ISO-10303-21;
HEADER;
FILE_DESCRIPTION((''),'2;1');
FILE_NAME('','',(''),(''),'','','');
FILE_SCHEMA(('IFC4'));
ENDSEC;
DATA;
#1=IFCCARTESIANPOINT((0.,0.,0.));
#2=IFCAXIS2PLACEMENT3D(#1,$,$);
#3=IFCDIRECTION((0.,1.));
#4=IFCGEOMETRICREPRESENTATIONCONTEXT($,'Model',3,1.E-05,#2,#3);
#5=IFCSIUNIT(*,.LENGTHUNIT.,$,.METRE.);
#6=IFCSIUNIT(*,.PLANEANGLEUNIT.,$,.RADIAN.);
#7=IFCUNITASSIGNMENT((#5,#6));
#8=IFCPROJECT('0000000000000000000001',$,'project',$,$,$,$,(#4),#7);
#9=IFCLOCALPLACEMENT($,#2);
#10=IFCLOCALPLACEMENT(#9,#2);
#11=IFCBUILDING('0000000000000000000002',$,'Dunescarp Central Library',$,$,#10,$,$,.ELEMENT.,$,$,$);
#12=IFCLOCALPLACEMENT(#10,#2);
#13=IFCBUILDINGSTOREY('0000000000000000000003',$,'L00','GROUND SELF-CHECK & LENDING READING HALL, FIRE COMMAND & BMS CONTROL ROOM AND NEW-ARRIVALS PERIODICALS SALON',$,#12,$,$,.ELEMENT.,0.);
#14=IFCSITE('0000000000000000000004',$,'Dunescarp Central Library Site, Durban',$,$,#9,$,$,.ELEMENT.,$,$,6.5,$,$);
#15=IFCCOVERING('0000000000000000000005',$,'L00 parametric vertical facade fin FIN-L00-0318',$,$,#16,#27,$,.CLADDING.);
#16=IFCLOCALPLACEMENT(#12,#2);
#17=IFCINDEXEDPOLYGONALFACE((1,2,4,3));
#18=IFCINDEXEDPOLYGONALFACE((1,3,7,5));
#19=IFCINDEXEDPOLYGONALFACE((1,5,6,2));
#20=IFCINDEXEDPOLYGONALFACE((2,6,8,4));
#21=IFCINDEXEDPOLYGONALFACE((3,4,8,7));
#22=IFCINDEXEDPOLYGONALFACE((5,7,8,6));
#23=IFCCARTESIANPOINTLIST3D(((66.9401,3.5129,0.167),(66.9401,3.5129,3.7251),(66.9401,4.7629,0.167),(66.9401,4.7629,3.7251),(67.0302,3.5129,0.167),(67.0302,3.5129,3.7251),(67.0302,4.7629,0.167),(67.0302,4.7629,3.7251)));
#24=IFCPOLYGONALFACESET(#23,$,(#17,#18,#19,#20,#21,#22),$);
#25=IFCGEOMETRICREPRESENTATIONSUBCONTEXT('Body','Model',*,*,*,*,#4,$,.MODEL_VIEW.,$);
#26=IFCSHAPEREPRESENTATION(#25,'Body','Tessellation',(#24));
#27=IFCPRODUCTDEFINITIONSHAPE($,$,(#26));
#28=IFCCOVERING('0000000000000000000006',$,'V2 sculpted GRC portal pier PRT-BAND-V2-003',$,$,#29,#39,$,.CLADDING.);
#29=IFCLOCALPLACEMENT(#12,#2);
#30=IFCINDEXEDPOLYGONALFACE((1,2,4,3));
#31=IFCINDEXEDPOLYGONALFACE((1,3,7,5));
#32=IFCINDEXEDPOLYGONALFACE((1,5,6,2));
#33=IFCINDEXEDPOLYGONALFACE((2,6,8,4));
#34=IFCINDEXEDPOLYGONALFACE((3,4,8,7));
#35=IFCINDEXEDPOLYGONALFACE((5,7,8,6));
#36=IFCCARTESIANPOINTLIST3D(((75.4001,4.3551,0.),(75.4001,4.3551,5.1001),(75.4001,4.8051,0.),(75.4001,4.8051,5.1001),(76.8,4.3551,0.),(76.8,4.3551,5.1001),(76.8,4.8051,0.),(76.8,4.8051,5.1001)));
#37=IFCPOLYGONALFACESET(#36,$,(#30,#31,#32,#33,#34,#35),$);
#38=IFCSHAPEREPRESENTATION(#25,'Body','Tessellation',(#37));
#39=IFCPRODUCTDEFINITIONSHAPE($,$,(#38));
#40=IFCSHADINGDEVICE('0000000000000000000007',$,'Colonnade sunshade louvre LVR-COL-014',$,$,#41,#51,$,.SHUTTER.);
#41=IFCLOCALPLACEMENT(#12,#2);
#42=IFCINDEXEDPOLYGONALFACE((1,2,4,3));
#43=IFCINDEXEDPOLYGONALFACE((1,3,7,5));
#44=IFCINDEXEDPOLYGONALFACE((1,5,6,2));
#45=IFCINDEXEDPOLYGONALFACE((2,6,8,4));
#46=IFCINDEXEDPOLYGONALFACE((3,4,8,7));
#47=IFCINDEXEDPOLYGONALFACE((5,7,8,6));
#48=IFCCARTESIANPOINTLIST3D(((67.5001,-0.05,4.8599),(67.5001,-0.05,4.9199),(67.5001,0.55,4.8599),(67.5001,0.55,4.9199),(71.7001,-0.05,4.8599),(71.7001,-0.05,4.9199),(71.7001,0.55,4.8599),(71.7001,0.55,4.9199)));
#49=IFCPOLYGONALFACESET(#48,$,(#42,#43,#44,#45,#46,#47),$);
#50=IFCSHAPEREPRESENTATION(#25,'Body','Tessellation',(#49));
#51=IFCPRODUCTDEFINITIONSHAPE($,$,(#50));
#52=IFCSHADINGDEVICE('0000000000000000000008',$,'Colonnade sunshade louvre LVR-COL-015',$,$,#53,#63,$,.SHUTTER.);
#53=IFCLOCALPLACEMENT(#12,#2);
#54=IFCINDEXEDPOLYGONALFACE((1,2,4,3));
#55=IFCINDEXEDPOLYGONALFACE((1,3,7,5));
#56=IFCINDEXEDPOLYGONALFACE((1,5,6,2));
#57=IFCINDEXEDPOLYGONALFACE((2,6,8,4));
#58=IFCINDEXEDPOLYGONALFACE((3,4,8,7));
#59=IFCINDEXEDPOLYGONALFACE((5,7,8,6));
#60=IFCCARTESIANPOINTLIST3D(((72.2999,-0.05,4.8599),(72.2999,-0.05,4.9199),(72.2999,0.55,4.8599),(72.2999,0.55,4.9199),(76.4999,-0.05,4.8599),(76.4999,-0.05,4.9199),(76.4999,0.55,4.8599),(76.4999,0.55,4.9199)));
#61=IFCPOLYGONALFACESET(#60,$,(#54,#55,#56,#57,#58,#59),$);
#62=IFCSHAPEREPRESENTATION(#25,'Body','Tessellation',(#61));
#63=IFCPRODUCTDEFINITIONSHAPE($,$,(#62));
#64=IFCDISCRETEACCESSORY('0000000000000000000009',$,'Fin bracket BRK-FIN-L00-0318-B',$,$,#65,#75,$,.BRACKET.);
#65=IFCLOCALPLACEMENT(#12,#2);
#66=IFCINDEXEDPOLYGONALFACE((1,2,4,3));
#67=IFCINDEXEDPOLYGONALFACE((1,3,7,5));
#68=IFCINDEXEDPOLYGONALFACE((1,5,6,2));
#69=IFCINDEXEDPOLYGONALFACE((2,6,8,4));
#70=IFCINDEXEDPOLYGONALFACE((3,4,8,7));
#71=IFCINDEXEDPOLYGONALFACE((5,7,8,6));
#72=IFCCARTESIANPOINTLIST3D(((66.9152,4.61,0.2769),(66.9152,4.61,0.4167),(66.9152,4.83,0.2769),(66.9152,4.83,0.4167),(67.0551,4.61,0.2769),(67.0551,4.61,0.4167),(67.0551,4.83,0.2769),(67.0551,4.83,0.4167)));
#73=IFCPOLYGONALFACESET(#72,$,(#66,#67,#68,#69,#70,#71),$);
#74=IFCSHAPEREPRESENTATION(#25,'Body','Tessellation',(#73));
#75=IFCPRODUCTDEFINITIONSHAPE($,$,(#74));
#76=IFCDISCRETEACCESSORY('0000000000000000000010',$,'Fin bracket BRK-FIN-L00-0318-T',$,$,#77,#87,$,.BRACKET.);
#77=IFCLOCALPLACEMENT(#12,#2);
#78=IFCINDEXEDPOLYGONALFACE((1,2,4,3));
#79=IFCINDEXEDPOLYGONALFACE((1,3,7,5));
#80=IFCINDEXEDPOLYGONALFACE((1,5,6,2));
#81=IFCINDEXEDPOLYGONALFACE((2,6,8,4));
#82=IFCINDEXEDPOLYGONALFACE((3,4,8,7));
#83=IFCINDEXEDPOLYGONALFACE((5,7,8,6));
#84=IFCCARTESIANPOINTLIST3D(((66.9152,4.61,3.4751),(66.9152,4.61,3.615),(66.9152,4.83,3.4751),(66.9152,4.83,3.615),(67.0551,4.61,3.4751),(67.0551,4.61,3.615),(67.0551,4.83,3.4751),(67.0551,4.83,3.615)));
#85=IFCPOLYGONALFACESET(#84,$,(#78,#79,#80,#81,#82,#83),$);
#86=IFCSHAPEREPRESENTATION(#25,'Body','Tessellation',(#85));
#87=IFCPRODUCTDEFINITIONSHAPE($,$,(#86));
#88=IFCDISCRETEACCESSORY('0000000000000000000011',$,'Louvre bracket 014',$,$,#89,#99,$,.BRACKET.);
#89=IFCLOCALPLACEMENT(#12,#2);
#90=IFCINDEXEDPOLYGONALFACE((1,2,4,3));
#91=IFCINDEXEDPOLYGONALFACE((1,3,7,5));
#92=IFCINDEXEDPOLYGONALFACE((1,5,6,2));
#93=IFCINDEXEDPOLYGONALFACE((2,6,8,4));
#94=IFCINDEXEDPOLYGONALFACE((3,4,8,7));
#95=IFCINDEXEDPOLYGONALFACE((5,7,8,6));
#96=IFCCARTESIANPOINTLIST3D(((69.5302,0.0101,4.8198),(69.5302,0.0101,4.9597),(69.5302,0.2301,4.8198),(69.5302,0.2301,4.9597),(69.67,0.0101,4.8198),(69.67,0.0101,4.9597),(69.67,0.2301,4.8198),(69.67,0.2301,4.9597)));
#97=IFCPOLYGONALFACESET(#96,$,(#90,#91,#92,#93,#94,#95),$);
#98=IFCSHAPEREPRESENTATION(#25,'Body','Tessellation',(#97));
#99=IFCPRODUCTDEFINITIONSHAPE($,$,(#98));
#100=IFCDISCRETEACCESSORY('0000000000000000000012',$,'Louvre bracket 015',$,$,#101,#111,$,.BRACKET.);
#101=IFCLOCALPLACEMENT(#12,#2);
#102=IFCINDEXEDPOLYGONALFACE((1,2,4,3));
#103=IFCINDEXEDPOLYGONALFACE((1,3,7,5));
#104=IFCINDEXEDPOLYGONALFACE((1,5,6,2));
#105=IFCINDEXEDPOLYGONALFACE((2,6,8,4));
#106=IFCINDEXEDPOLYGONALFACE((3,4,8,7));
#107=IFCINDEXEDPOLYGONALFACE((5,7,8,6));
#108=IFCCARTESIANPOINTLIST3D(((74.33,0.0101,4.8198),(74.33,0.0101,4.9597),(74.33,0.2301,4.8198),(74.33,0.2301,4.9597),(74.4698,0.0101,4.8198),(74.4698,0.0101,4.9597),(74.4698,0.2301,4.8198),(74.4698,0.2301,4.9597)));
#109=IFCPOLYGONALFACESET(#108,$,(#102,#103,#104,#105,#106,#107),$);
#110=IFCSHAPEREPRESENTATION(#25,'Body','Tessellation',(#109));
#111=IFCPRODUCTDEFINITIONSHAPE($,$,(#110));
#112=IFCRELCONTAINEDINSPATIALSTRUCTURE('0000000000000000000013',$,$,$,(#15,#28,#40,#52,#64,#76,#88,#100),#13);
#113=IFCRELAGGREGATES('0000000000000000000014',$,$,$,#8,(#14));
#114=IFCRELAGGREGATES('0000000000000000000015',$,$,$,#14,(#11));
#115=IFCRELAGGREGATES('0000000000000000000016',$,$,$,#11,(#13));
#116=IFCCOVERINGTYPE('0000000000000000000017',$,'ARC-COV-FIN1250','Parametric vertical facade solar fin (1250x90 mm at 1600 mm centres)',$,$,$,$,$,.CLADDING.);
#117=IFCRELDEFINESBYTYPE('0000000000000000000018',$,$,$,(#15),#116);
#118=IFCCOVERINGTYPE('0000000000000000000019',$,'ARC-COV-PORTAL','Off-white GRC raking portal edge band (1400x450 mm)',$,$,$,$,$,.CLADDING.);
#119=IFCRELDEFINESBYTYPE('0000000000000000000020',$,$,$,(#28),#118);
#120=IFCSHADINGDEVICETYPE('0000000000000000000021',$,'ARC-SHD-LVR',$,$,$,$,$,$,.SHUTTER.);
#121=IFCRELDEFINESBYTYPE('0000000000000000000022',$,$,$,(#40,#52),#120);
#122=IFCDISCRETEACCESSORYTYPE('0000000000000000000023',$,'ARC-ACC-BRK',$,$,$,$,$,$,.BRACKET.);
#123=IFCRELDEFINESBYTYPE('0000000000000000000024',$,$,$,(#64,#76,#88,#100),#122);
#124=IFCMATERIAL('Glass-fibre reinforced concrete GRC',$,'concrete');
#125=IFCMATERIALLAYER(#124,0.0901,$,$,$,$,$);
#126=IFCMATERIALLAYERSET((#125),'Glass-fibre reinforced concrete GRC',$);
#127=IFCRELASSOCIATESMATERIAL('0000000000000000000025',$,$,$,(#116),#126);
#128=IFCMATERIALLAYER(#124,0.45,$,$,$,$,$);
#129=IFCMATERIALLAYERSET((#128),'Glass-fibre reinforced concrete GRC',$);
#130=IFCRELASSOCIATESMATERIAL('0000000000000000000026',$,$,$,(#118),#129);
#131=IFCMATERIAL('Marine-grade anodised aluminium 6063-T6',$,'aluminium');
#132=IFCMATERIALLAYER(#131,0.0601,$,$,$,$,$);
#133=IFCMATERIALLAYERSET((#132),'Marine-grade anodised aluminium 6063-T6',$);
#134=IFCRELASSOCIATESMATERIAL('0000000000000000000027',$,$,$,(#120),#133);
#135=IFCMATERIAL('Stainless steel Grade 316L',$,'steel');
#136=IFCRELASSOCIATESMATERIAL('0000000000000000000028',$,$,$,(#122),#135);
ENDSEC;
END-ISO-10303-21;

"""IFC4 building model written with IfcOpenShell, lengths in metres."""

from ifc_helpers import new_model, si_unit, direction, frame, origin, origin_2d, place, context, subcontext, project, spatial, rectangle, extrude, material, layer, layer_set, type_object, element, save


model = new_model("IFC4")

# Units and contexts
model_context = context("Model", 3, precision=1e-05, world=origin(), true_north=direction((0.0, 1.0)))
body_context = subcontext(model_context, "Body", "Model", "MODEL_VIEW")
ifc_project = project(units=[si_unit("LENGTHUNIT", "METRE"), si_unit("PLANEANGLEUNIT", "RADIAN")], contexts=[model_context])

# Site, building, storey
site_placement = place(None, origin())
site = spatial("IfcSite", under=ifc_project, at=site_placement, Name="Dunescarp Central Library Site, Durban", CompositionType="ELEMENT", RefElevation=6.5)
building_placement = place(site_placement, origin())
building = spatial("IfcBuilding", under=site, at=building_placement, Name="Dunescarp Central Library", CompositionType="ELEMENT")
storey_placement = place(building_placement, origin())
storey = spatial("IfcBuildingStorey", under=building, at=storey_placement, Name="L00", Description="GROUND SELF-CHECK & LENDING READING HALL, FIRE COMMAND & BMS CONTROL ROOM AND NEW-ARRIVALS PERIODICALS SALON", CompositionType="ELEMENT", Elevation=0.0)

# Shared definitions
ifc_material_1 = material(Name="Marine-grade anodised aluminium 6063-T6", Category="aluminium")

# Shared definitions
ifc_material_2 = material(Name="Glass-fibre reinforced concrete GRC", Category="concrete")

# Coverings
ifc_layer_1 = layer(ifc_material_2, 0.0901)
ifc_layer_set_1 = layer_set([ifc_layer_1], Name="Glass-fibre reinforced concrete GRC")
covering_type_1 = type_object("IfcCoveringType", Name="ARC-COV-FIN1250", Description="Parametric vertical facade solar fin (1250x90 mm at 1600 mm centres)", PredefinedType="CLADDING", material=ifc_layer_set_1)
covering_1_placement = place(storey_placement, frame((66.9851, 4.1379, 0.167), z_axis=(0.0, 0.0, 1.0), x_axis=(0.0, -1.0, 0.0)))
element("IfcCovering", 1, at=covering_1_placement, inside=storey, type_object=covering_type_1, Name="L00 parametric vertical facade fin FIN-L00-0318", PredefinedType="CLADDING", context=body_context, shape_type="SweptSolid", body=[
    extrude(rectangle(XDim=1.25, YDim=0.0901, at=origin_2d()), origin(), (0.0, 0.0, 1.0), 3.5581),
])
ifc_layer_2 = layer(ifc_material_2, 0.45)
ifc_layer_set_2 = layer_set([ifc_layer_2], Name="Glass-fibre reinforced concrete GRC")
covering_type_2 = type_object("IfcCoveringType", Name="ARC-COV-PORTAL", Description="Off-white GRC raking portal edge band (1400x450 mm)", PredefinedType="CLADDING", material=ifc_layer_set_2)
covering_2_placement = place(storey_placement, frame((76.1001, 4.5801, 0.0), z_axis=(0.0, 0.0, 1.0), x_axis=(1.0, 0.0, 0.0)))
element("IfcCovering", 2, at=covering_2_placement, inside=storey, type_object=covering_type_2, Name="V2 sculpted GRC portal pier PRT-BAND-V2-003", PredefinedType="CLADDING", context=body_context, shape_type="SweptSolid", body=[
    extrude(rectangle(XDim=1.3999, YDim=0.45, at=origin_2d()), origin(), (0.0, 0.0, 1.0), 5.1001),
])

# Shading devices
ifc_layer_3 = layer(ifc_material_1, 0.0601)
ifc_layer_set_3 = layer_set([ifc_layer_3], Name="Marine-grade anodised aluminium 6063-T6")
shading_device_type = type_object("IfcShadingDeviceType", Name="ARC-SHD-LVR", PredefinedType="SHUTTER", material=ifc_layer_set_3)
for number, where, z_axis, x_axis, name in (
    (3, (69.6001, 0.25, 4.8599), (0.0, 0.0, 1.0), (1.0, 0.0, 0.0), "Colonnade sunshade louvre LVR-COL-014"),
    (4, (74.3999, 0.25, 4.8599), (0.0, 0.0, 1.0), (1.0, 0.0, 0.0), "Colonnade sunshade louvre LVR-COL-015"),
):
    element("IfcShadingDevice", number, at=place(storey_placement, frame(where, z_axis=z_axis, x_axis=x_axis)), inside=storey, type_object=shading_device_type, Name=name, PredefinedType="SHUTTER", context=body_context, shape_type="SweptSolid", body=[
        extrude(rectangle(XDim=4.2, YDim=0.6001, at=origin_2d()), origin(), (0.0, 0.0, 1.0), 0.0601),
    ])

# Discrete accessories
ifc_material_3 = material(Name="Stainless steel Grade 316L", Category="steel")
discrete_accessory_type = type_object("IfcDiscreteAccessoryType", Name="ARC-ACC-BRK", PredefinedType="BRACKET", material=ifc_material_3)
for number, where, z_axis, x_axis, name in (
    (5, (66.9851, 4.72, 0.2769), (0.0, 0.0, 1.0), (0.0, -1.0, 0.0), "Fin bracket BRK-FIN-L00-0318-B"),
    (6, (66.9851, 4.72, 3.4751), (0.0, 0.0, 1.0), (0.0, -1.0, 0.0), "Fin bracket BRK-FIN-L00-0318-T"),
):
    element("IfcDiscreteAccessory", number, at=place(storey_placement, frame(where, z_axis=z_axis, x_axis=x_axis)), inside=storey, type_object=discrete_accessory_type, Name=name, PredefinedType="BRACKET", context=body_context, shape_type="SweptSolid", body=[
        extrude(rectangle(XDim=0.22, YDim=0.1399, at=origin_2d()), origin(), (0.0, 0.0, 1.0), 0.1399),
    ])
for number, where, z_axis, x_axis, name in (
    (7, (69.6001, 0.1201, 4.8198), (0.0, 0.0, 1.0), (1.0, 0.0, 0.0), "Louvre bracket 014"),
    (8, (74.3999, 0.1201, 4.8198), (0.0, 0.0, 1.0), (1.0, 0.0, 0.0), "Louvre bracket 015"),
):
    element("IfcDiscreteAccessory", number, at=place(storey_placement, frame(where, z_axis=z_axis, x_axis=x_axis)), inside=storey, type_object=discrete_accessory_type, Name=name, PredefinedType="BRACKET", context=body_context, shape_type="SweptSolid", body=[
        extrude(rectangle(XDim=0.1399, YDim=0.22, at=origin_2d()), origin(), (0.0, 0.0, 1.0), 0.1399),
    ])

save(model, "model.ifc")
